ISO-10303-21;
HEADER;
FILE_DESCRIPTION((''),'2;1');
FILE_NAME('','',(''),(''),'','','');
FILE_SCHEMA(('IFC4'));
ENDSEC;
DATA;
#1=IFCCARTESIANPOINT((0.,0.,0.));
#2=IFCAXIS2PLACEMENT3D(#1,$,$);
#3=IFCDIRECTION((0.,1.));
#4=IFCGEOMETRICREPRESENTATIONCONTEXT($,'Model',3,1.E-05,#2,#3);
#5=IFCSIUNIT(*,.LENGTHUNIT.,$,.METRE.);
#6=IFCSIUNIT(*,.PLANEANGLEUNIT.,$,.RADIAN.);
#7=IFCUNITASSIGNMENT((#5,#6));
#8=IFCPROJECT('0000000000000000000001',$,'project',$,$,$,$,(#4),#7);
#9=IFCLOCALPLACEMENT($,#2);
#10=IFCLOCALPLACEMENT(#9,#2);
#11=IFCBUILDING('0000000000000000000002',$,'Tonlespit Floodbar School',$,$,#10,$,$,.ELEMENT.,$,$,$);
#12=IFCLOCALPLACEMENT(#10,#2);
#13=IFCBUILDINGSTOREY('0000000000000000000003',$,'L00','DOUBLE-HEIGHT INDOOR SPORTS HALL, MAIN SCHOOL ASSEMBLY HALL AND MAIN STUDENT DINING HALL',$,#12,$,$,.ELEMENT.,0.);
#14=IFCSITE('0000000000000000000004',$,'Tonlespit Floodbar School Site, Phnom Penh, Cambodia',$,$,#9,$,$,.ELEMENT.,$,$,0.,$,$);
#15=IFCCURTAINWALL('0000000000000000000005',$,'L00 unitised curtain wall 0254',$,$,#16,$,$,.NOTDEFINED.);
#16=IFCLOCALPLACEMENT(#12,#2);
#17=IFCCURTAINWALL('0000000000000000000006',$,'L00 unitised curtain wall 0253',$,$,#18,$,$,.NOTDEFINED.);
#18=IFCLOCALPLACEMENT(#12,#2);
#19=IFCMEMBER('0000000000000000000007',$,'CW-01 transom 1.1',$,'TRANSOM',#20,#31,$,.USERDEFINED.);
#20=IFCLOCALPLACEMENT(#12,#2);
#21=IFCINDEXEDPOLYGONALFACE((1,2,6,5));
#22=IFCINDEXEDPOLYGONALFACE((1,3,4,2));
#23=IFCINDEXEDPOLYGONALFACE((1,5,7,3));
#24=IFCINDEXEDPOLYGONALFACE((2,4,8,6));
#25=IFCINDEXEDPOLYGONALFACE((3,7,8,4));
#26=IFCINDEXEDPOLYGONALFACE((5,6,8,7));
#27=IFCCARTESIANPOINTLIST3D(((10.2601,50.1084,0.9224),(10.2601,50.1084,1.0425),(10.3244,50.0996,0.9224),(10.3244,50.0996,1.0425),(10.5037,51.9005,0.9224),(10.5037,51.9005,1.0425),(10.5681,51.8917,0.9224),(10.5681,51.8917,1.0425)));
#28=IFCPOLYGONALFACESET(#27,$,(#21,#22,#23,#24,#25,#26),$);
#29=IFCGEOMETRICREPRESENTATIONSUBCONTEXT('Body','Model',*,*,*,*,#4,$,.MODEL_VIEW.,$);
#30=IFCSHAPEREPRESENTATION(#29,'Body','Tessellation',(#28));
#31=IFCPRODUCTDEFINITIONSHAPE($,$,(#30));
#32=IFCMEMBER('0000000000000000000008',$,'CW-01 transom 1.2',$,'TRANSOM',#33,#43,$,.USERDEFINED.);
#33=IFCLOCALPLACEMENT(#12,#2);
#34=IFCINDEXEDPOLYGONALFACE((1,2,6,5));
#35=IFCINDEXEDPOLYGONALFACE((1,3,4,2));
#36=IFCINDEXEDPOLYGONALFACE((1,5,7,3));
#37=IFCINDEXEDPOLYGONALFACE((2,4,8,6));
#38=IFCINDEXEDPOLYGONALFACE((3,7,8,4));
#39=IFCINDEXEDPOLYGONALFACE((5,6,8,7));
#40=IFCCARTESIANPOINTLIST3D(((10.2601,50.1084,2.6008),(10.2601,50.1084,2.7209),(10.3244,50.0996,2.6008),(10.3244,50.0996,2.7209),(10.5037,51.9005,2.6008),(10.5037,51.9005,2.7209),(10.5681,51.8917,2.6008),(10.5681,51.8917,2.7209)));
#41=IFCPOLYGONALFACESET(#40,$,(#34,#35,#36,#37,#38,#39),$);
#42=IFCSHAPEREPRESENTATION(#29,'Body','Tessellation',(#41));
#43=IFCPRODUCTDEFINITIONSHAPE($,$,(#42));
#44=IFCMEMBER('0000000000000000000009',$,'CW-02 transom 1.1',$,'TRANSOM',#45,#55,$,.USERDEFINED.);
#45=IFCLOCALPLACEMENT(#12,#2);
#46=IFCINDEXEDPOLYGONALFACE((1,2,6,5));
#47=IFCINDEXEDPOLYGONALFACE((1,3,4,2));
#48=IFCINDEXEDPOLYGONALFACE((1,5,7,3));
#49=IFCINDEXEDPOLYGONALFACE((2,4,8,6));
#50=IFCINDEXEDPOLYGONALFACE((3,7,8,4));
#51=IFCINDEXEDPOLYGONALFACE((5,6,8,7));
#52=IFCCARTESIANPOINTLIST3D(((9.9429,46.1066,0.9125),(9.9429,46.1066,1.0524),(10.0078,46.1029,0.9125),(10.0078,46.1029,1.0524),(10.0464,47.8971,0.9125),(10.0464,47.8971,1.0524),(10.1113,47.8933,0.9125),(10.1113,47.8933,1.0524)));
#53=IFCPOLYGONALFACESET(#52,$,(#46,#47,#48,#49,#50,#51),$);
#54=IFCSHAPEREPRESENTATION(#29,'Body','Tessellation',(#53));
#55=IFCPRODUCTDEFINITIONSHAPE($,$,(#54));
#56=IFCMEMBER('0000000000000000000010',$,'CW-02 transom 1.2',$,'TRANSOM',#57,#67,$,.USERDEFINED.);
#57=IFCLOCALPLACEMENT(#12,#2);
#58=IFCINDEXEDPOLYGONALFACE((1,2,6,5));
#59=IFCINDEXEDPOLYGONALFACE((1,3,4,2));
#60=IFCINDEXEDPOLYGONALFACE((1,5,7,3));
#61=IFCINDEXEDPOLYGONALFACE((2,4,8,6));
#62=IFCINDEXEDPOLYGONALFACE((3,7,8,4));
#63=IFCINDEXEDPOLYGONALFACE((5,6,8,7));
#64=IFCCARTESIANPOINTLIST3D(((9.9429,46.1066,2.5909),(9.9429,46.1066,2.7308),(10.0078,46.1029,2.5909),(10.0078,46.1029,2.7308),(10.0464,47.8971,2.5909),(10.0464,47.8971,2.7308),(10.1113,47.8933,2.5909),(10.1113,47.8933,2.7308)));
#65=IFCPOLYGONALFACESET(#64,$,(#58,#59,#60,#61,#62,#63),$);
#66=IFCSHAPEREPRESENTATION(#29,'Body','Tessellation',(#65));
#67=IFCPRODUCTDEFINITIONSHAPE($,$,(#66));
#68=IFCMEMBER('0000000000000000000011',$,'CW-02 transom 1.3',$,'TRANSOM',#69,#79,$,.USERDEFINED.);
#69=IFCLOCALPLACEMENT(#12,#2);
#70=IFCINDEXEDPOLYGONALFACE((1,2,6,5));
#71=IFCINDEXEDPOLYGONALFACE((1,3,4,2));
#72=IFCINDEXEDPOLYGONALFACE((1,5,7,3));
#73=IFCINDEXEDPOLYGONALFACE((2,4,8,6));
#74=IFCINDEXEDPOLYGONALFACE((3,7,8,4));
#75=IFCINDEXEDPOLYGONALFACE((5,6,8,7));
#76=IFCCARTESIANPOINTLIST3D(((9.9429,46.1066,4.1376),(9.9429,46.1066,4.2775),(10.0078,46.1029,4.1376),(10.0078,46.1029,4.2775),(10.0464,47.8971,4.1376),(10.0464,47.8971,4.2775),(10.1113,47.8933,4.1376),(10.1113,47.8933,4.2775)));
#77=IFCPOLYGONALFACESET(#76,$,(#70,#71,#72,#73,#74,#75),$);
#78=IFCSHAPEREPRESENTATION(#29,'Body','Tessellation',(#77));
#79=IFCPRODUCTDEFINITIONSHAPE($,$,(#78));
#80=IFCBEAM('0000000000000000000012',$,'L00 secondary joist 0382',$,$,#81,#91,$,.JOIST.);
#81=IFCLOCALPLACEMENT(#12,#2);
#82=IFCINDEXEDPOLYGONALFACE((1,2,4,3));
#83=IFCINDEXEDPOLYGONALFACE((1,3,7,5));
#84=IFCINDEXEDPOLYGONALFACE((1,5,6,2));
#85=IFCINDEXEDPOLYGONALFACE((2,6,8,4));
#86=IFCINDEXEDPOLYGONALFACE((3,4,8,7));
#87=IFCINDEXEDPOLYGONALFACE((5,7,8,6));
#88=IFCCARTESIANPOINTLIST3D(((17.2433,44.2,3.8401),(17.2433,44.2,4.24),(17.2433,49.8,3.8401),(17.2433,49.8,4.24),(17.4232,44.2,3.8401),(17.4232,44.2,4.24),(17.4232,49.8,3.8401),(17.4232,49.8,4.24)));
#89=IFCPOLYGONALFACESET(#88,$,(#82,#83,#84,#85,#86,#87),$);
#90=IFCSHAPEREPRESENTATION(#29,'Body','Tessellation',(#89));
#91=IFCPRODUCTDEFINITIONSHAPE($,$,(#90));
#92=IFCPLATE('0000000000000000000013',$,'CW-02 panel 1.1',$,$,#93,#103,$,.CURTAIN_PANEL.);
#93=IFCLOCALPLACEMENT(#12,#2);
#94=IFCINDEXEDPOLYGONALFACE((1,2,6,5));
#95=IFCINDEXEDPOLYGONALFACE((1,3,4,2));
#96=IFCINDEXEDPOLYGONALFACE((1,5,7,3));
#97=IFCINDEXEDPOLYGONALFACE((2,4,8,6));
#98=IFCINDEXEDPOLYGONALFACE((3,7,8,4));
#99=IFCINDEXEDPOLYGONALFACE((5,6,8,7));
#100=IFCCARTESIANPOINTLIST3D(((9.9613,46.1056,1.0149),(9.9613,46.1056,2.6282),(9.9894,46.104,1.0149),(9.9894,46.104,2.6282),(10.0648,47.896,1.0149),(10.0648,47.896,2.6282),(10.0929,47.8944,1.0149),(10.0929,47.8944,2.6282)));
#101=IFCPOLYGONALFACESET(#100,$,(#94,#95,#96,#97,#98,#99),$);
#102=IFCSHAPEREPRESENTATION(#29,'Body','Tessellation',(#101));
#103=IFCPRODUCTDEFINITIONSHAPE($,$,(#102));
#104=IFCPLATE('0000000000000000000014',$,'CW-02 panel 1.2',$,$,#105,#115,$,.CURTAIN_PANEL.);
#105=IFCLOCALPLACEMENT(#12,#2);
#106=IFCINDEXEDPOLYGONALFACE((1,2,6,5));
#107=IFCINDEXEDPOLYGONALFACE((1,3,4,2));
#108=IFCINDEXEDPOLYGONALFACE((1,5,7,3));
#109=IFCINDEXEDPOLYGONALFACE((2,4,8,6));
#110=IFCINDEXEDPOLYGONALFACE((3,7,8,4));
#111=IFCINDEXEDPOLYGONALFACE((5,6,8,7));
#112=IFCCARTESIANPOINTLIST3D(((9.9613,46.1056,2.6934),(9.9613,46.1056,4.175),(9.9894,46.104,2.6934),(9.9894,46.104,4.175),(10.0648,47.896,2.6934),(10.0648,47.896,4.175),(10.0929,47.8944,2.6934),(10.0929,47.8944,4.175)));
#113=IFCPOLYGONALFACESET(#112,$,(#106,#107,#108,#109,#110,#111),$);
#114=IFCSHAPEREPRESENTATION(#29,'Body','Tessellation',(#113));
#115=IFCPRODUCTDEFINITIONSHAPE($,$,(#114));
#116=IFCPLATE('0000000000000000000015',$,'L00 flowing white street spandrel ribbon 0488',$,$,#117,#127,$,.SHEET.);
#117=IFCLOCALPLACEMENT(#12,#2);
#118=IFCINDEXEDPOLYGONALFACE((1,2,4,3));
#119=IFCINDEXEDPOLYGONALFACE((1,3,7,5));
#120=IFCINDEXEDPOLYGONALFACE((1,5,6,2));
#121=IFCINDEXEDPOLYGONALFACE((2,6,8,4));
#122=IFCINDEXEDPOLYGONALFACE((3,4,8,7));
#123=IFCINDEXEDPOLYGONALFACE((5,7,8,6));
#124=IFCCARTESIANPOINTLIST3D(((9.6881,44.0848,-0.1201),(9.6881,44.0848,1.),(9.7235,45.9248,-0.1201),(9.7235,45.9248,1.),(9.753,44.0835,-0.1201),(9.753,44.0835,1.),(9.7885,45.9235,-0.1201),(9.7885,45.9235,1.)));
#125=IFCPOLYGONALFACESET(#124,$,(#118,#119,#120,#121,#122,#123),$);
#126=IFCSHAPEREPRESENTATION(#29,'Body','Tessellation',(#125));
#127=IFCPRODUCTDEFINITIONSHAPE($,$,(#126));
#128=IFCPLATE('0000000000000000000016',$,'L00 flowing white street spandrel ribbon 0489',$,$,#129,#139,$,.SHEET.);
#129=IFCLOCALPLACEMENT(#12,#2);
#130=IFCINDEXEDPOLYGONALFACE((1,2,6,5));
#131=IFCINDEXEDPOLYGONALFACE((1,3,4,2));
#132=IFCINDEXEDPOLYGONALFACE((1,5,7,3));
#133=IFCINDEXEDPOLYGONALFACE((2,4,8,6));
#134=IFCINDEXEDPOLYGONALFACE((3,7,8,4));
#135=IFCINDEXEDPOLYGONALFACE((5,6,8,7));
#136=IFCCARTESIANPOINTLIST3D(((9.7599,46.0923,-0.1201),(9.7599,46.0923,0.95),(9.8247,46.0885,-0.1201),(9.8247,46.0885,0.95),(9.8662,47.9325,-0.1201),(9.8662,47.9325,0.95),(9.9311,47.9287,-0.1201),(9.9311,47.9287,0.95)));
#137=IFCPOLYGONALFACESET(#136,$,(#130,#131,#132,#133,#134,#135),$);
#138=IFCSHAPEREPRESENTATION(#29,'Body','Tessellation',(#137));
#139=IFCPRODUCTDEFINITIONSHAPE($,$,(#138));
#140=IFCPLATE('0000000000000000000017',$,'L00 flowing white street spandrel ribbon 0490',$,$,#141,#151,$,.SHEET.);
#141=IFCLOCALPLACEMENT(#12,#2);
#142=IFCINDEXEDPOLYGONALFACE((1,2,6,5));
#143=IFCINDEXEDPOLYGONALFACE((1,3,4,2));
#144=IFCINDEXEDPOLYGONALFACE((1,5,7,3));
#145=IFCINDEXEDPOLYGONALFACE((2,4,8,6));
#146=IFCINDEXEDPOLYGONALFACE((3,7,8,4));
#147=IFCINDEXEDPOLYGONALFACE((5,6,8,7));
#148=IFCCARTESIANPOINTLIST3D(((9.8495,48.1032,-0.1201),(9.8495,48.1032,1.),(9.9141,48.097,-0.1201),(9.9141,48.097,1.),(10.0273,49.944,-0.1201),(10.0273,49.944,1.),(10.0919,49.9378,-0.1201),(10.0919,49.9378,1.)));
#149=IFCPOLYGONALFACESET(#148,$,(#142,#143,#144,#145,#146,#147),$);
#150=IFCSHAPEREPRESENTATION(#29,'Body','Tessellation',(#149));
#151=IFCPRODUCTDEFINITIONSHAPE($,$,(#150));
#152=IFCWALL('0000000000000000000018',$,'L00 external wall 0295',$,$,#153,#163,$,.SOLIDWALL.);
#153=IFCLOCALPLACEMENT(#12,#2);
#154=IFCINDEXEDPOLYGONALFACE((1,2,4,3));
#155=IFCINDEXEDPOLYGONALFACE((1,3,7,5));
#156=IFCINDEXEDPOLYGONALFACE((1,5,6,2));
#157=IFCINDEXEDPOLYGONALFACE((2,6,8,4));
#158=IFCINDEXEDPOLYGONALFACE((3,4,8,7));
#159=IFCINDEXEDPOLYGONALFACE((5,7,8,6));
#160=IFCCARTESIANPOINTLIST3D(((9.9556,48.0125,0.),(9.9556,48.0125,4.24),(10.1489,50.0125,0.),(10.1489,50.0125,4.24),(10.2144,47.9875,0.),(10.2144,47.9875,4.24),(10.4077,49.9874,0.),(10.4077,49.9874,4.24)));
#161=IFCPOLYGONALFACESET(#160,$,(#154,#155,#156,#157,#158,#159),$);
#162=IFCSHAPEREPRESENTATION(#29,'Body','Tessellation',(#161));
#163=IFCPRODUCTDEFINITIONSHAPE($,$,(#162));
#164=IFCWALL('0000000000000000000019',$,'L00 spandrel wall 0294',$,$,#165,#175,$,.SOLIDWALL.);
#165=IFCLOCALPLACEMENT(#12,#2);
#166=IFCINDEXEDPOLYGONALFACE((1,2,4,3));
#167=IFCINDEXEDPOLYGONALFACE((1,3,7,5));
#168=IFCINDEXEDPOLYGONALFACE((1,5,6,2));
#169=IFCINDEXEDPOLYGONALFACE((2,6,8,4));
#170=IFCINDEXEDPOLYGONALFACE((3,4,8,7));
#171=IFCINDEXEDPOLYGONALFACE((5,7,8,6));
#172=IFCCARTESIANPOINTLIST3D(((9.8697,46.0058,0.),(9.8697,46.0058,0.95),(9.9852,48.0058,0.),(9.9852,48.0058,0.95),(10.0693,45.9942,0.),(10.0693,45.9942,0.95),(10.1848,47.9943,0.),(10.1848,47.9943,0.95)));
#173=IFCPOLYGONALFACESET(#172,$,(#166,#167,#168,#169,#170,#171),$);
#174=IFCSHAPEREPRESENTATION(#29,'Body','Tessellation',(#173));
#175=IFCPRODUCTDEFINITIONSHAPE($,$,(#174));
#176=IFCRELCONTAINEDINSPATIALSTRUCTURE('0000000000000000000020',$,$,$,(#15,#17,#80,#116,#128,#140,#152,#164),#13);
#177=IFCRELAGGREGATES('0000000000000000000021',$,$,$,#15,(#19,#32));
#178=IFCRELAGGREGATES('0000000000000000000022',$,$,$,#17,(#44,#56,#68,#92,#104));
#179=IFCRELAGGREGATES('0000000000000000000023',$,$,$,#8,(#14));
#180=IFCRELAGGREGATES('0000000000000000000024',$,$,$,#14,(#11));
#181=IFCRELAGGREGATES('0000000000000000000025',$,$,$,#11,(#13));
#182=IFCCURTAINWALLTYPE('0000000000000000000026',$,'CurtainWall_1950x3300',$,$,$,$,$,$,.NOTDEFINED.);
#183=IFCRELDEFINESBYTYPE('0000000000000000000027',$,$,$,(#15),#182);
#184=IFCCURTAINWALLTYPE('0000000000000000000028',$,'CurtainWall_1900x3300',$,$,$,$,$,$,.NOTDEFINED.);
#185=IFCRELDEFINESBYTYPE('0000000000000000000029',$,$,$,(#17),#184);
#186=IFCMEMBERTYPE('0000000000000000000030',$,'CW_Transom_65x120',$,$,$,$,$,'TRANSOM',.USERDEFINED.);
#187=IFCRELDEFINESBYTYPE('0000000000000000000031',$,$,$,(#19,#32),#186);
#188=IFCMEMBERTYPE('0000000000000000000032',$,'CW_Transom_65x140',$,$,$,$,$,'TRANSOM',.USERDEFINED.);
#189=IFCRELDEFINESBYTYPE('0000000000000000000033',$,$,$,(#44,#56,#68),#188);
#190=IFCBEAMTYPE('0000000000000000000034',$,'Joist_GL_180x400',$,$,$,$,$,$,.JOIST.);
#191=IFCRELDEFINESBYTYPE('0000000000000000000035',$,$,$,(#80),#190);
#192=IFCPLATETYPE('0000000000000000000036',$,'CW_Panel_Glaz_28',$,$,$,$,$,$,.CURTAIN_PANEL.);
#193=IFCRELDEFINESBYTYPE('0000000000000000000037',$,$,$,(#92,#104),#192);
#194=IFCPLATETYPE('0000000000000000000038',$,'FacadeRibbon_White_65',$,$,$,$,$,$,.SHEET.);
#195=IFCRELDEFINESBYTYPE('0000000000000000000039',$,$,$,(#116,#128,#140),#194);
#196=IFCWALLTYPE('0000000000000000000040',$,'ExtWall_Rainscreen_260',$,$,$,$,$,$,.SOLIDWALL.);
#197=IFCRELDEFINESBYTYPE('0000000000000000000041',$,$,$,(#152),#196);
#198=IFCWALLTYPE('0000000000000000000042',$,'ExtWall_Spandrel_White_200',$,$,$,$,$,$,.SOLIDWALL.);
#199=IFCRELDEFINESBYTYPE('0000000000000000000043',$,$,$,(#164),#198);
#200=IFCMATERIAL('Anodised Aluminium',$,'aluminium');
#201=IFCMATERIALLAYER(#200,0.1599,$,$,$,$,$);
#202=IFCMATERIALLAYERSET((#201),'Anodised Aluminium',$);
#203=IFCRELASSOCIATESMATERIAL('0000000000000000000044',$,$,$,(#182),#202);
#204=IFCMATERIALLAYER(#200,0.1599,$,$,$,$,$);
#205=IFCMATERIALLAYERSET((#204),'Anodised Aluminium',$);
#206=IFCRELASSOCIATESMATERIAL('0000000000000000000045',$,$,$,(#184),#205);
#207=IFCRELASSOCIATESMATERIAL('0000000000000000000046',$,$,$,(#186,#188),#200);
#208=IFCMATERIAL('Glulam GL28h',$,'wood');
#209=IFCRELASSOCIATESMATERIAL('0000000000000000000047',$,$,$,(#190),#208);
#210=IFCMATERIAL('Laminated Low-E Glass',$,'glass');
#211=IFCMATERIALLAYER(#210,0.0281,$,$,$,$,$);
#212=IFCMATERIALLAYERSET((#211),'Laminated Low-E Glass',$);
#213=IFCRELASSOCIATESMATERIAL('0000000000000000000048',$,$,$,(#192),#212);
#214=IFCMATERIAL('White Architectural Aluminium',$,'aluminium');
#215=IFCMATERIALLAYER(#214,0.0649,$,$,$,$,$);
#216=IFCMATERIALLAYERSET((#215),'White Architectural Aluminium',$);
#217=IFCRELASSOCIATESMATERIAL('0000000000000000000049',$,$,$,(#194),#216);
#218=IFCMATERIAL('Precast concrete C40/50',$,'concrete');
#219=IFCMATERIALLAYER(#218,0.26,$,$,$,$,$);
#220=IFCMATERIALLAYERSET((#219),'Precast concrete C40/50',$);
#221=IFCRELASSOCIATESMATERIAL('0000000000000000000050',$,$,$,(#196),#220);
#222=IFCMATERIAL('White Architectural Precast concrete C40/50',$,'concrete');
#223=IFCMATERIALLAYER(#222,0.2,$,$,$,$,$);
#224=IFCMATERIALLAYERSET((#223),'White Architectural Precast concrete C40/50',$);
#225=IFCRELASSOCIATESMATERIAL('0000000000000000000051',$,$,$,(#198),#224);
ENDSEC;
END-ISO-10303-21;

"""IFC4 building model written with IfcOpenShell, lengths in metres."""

from ifc_helpers import new_model, si_unit, direction, frame, frame_2d, origin, origin_2d, place, context, subcontext, project, spatial, rectangle, extrude, material, layer, layer_set, material_profile, profile_set, type_object, element, aggregate, save


model = new_model("IFC4")

# Units and contexts
model_context = context("Model", 3, precision=1e-05, world=origin(), true_north=direction((0.0, 1.0)))
body_context = subcontext(model_context, "Body", "Model", "MODEL_VIEW")
ifc_project = project(units=[si_unit("LENGTHUNIT", "METRE"), si_unit("PLANEANGLEUNIT", "RADIAN")], contexts=[model_context])

# Site, building, storey
site_placement = place(None, origin())
site = spatial("IfcSite", under=ifc_project, at=site_placement, Name="Tonlespit Floodbar School Site, Phnom Penh, Cambodia", CompositionType="ELEMENT", RefElevation=0.0)
building_placement = place(site_placement, origin())
building = spatial("IfcBuilding", under=site, at=building_placement, Name="Tonlespit Floodbar School", CompositionType="ELEMENT")
storey_placement = place(building_placement, origin())
storey = spatial("IfcBuildingStorey", under=building, at=storey_placement, Name="L00", Description="DOUBLE-HEIGHT INDOOR SPORTS HALL, MAIN SCHOOL ASSEMBLY HALL AND MAIN STUDENT DINING HALL", CompositionType="ELEMENT", Elevation=0.0)

# Curtain wall
ifc_material_1 = material(Name="Anodised Aluminium", Category="aluminium")
ifc_layer_1 = layer(ifc_material_1, 0.1599)
ifc_layer_set_1 = layer_set([ifc_layer_1], Name="Anodised Aluminium")
curtain_wall_type_1 = type_object("IfcCurtainWallType", Name="CurtainWall_1950x3300", PredefinedType="NOTDEFINED", material=ifc_layer_set_1)
curtain_wall_1_placement = place(storey_placement, origin())
curtain_wall_1 = element("IfcCurtainWall", 1, at=curtain_wall_1_placement, inside=storey, type_object=curtain_wall_type_1, Name="L00 unitised curtain wall 0254", PredefinedType="NOTDEFINED")

# Curtain wall
ifc_layer_2 = layer(ifc_material_1, 0.1599)
ifc_layer_set_2 = layer_set([ifc_layer_2], Name="Anodised Aluminium")
curtain_wall_type_2 = type_object("IfcCurtainWallType", Name="CurtainWall_1900x3300", PredefinedType="NOTDEFINED", material=ifc_layer_set_2)
curtain_wall_2_placement = place(storey_placement, origin())
curtain_wall_2 = element("IfcCurtainWall", 2, at=curtain_wall_2_placement, inside=storey, type_object=curtain_wall_type_2, Name="L00 unitised curtain wall 0253", PredefinedType="NOTDEFINED")

# Members
ifc_material_profile_1 = material_profile(ifc_material_1, rectangle(XDim=0.0649, YDim=0.1201, at=origin_2d()), Name="ALU T65x120")
ifc_profile_set_1 = profile_set([ifc_material_profile_1], Name="Anodised Aluminium")
member_type_1 = type_object("IfcMemberType", Name="CW_Transom_65x120", ElementType="TRANSOM", PredefinedType="USERDEFINED", material=ifc_profile_set_1)
member_1_placement = place(storey_placement, frame((10.2922, 50.104, 0.9824), z_axis=(0.134728, 0.990883, 0.0), x_axis=(-0.990883, 0.134728, 0.0)))
member_1 = element("IfcMember", 3, at=member_1_placement, type_object=member_type_1, Name="CW-01 transom 1.1", ObjectType="TRANSOM", PredefinedType="USERDEFINED", context=body_context, shape_type="SweptSolid", body=[
    extrude(rectangle(XDim=0.0649, YDim=0.1201, at=origin_2d()), origin(), (0.0, 0.0, 1.0), 1.8086),
])
member_2_placement = place(storey_placement, frame((10.2922, 50.104, 2.6609), z_axis=(0.134728, 0.990883, 0.0), x_axis=(-0.990883, 0.134728, 0.0)))
member_2 = element("IfcMember", 4, at=member_2_placement, type_object=member_type_1, Name="CW-01 transom 1.2", ObjectType="TRANSOM", PredefinedType="USERDEFINED", context=body_context, shape_type="SweptSolid", body=[
    extrude(rectangle(XDim=0.0649, YDim=0.1201, at=origin_2d()), origin(), (0.0, 0.0, 1.0), 1.8086),
])
aggregate(curtain_wall_1, [member_1, member_2])
ifc_material_profile_2 = material_profile(ifc_material_1, rectangle(XDim=0.0649, YDim=0.1399, at=origin_2d()), Name="ALU T65x140")
ifc_profile_set_2 = profile_set([ifc_material_profile_2], Name="Anodised Aluminium")
member_type_2 = type_object("IfcMemberType", Name="CW_Transom_65x140", ElementType="TRANSOM", PredefinedType="USERDEFINED", material=ifc_profile_set_2)
member_3_placement = place(storey_placement, frame((9.9753, 46.1047, 0.9824), z_axis=(0.057717, 0.998333, 0.0), x_axis=(-0.998333, 0.057717, 0.0)))
member_3 = element("IfcMember", 5, at=member_3_placement, type_object=member_type_2, Name="CW-02 transom 1.1", ObjectType="TRANSOM", PredefinedType="USERDEFINED", context=body_context, shape_type="SweptSolid", body=[
    extrude(rectangle(XDim=0.0649, YDim=0.1399, at=origin_2d()), origin(), (0.0, 0.0, 1.0), 1.7935),
])
member_4_placement = place(storey_placement, frame((9.9753, 46.1047, 2.6609), z_axis=(0.057717, 0.998333, 0.0), x_axis=(-0.998333, 0.057717, 0.0)))
member_4 = element("IfcMember", 6, at=member_4_placement, type_object=member_type_2, Name="CW-02 transom 1.2", ObjectType="TRANSOM", PredefinedType="USERDEFINED", context=body_context, shape_type="SweptSolid", body=[
    extrude(rectangle(XDim=0.0649, YDim=0.1399, at=origin_2d()), origin(), (0.0, 0.0, 1.0), 1.7935),
])
member_5_placement = place(storey_placement, frame((9.9753, 46.1047, 4.2075), z_axis=(0.057717, 0.998333, 0.0), x_axis=(-0.998333, 0.057717, 0.0)))
member_5 = element("IfcMember", 7, at=member_5_placement, type_object=member_type_2, Name="CW-02 transom 1.3", ObjectType="TRANSOM", PredefinedType="USERDEFINED", context=body_context, shape_type="SweptSolid", body=[
    extrude(rectangle(XDim=0.0649, YDim=0.1399, at=origin_2d()), origin(), (0.0, 0.0, 1.0), 1.7935),
])

# Beam
ifc_material_2 = material(Name="Glulam GL28h", Category="wood")
ifc_material_profile_3 = material_profile(ifc_material_2, rectangle(XDim=0.1799, YDim=0.3999, at=origin_2d()), Name="GL 180x400")
ifc_profile_set_3 = profile_set([ifc_material_profile_3], Name="Glulam GL28h")
beam_type_1 = type_object("IfcBeamType", Name="Joist_GL_180x400", PredefinedType="JOIST", material=ifc_profile_set_3)
beam_1_placement = place(storey_placement, frame((17.3333, 44.2, 4.04), z_axis=(0.0, 1.0, 0.0), x_axis=(-1.0, 0.0, 0.0)))
element("IfcBeam", 8, at=beam_1_placement, inside=storey, type_object=beam_type_1, Name="L00 secondary joist 0382", PredefinedType="JOIST", context=body_context, shape_type="SweptSolid", body=[
    extrude(rectangle(XDim=0.1799, YDim=0.3999, at=origin_2d()), origin(), (0.0, 0.0, 1.0), 5.6001),
])

# Plates
ifc_material_3 = material(Name="Laminated Low-E Glass", Category="glass")
ifc_layer_3 = layer(ifc_material_3, 0.0281)
ifc_layer_set_3 = layer_set([ifc_layer_3], Name="Laminated Low-E Glass")
plate_type_1 = type_object("IfcPlateType", Name="CW_Panel_Glaz_28", PredefinedType="CURTAIN_PANEL", material=ifc_layer_set_3)
plate_1_placement = place(storey_placement, frame((10.0271, 47.0, 1.0149), z_axis=(0.0, 0.0, 1.0), x_axis=(0.05771, 0.998333, 0.0)))
plate_1 = element("IfcPlate", 9, at=plate_1_placement, type_object=plate_type_1, Name="CW-02 panel 1.1", PredefinedType="CURTAIN_PANEL", context=body_context, shape_type="SweptSolid", body=[
    extrude(rectangle(XDim=1.7935, YDim=0.0281, at=origin_2d()), origin(), (0.0, 0.0, 1.0), 1.6133),
])
plate_2_placement = place(storey_placement, frame((10.0271, 47.0, 2.6934), z_axis=(0.0, 0.0, 1.0), x_axis=(0.05771, 0.998333, 0.0)))
plate_2 = element("IfcPlate", 10, at=plate_2_placement, type_object=plate_type_1, Name="CW-02 panel 1.2", PredefinedType="CURTAIN_PANEL", context=body_context, shape_type="SweptSolid", body=[
    extrude(rectangle(XDim=1.7935, YDim=0.0281, at=origin_2d()), origin(), (0.0, 0.0, 1.0), 1.4817),
])
aggregate(curtain_wall_2, [member_3, member_4, member_5, plate_1, plate_2])

# Plates
ifc_material_4 = material(Name="White Architectural Aluminium", Category="aluminium")
ifc_layer_4 = layer(ifc_material_4, 0.0649)
ifc_layer_set_4 = layer_set([ifc_layer_4], Name="White Architectural Aluminium")
plate_type_2 = type_object("IfcPlateType", Name="FacadeRibbon_White_65", PredefinedType="SHEET", material=ifc_layer_set_4)
plate_3_placement = place(storey_placement, frame((9.7383, 45.0042, -0.1201), z_axis=(0.0, 0.0, 1.0), x_axis=(0.019246, 0.999815, 0.0)))
element("IfcPlate", 11, at=plate_3_placement, inside=storey, type_object=plate_type_2, Name="L00 flowing white street spandrel ribbon 0488", PredefinedType="SHEET", context=body_context, shape_type="SweptSolid", body=[
    extrude(rectangle(XDim=1.8403, YDim=0.0649, at=origin_2d()), origin(), (0.0, 0.0, 1.0), 1.1201),
])
plate_4_placement = place(storey_placement, frame((9.8455, 47.0105, -0.1201), z_axis=(0.0, 0.0, 1.0), x_axis=(0.057703, 0.998334, 0.0)))
element("IfcPlate", 12, at=plate_4_placement, inside=storey, type_object=plate_type_2, Name="L00 flowing white street spandrel ribbon 0489", PredefinedType="SHEET", context=body_context, shape_type="SweptSolid", body=[
    extrude(rectangle(XDim=1.8433, YDim=0.0649, at=origin_2d()), origin(), (0.0, 0.0, 1.0), 1.0701),
])
plate_5_placement = place(storey_placement, frame((9.9707, 49.0205, -0.1201), z_axis=(0.0, 0.0, 1.0), x_axis=(0.096153, 0.995367, 0.0)))
element("IfcPlate", 13, at=plate_5_placement, inside=storey, type_object=plate_type_2, Name="L00 flowing white street spandrel ribbon 0490", PredefinedType="SHEET", context=body_context, shape_type="SweptSolid", body=[
    extrude(rectangle(XDim=1.8494, YDim=0.0649, at=origin_2d()), origin(), (0.0, 0.0, 1.0), 1.1201),
])

# Walls
ifc_material_5 = material(Name="Precast concrete C40/50", Category="concrete")
ifc_layer_5 = layer(ifc_material_5, 0.26)
ifc_layer_set_5 = layer_set([ifc_layer_5], Name="Precast concrete C40/50")
wall_type_1 = type_object("IfcWallType", Name="ExtWall_Rainscreen_260", PredefinedType="SOLIDWALL", material=ifc_layer_set_5)
wall_1_placement = place(storey_placement, frame((10.085, 48.0, 0.0), z_axis=(0.0, 0.0, 1.0), x_axis=(0.096231, 0.995359, 0.0)))
element("IfcWall", 14, at=wall_1_placement, inside=storey, type_object=wall_type_1, Name="L00 external wall 0295", PredefinedType="SOLIDWALL", context=body_context, shape_type="SweptSolid", body=[
    extrude(rectangle(XDim=2.0093, YDim=0.26, at=frame_2d((1.0046, 0.0))), origin(), (0.0, 0.0, 1.0), 4.24),
])
ifc_material_6 = material(Name="White Architectural Precast concrete C40/50", Category="concrete")
ifc_layer_6 = layer(ifc_material_6, 0.2)
ifc_layer_set_6 = layer_set([ifc_layer_6], Name="White Architectural Precast concrete C40/50")
wall_type_2 = type_object("IfcWallType", Name="ExtWall_Spandrel_White_200", PredefinedType="SOLIDWALL", material=ifc_layer_set_6)
wall_2_placement = place(storey_placement, frame((9.9695, 46.0, 0.0), z_axis=(0.0, 0.0, 1.0), x_axis=(0.057643, 0.998337, 0.0)))
element("IfcWall", 15, at=wall_2_placement, inside=storey, type_object=wall_type_2, Name="L00 spandrel wall 0294", PredefinedType="SOLIDWALL", context=body_context, shape_type="SweptSolid", body=[
    extrude(rectangle(XDim=2.0034, YDim=0.2, at=frame_2d((1.0017, 0.0))), origin(), (0.0, 0.0, 1.0), 0.95),
])

save(model, "model.ifc")
